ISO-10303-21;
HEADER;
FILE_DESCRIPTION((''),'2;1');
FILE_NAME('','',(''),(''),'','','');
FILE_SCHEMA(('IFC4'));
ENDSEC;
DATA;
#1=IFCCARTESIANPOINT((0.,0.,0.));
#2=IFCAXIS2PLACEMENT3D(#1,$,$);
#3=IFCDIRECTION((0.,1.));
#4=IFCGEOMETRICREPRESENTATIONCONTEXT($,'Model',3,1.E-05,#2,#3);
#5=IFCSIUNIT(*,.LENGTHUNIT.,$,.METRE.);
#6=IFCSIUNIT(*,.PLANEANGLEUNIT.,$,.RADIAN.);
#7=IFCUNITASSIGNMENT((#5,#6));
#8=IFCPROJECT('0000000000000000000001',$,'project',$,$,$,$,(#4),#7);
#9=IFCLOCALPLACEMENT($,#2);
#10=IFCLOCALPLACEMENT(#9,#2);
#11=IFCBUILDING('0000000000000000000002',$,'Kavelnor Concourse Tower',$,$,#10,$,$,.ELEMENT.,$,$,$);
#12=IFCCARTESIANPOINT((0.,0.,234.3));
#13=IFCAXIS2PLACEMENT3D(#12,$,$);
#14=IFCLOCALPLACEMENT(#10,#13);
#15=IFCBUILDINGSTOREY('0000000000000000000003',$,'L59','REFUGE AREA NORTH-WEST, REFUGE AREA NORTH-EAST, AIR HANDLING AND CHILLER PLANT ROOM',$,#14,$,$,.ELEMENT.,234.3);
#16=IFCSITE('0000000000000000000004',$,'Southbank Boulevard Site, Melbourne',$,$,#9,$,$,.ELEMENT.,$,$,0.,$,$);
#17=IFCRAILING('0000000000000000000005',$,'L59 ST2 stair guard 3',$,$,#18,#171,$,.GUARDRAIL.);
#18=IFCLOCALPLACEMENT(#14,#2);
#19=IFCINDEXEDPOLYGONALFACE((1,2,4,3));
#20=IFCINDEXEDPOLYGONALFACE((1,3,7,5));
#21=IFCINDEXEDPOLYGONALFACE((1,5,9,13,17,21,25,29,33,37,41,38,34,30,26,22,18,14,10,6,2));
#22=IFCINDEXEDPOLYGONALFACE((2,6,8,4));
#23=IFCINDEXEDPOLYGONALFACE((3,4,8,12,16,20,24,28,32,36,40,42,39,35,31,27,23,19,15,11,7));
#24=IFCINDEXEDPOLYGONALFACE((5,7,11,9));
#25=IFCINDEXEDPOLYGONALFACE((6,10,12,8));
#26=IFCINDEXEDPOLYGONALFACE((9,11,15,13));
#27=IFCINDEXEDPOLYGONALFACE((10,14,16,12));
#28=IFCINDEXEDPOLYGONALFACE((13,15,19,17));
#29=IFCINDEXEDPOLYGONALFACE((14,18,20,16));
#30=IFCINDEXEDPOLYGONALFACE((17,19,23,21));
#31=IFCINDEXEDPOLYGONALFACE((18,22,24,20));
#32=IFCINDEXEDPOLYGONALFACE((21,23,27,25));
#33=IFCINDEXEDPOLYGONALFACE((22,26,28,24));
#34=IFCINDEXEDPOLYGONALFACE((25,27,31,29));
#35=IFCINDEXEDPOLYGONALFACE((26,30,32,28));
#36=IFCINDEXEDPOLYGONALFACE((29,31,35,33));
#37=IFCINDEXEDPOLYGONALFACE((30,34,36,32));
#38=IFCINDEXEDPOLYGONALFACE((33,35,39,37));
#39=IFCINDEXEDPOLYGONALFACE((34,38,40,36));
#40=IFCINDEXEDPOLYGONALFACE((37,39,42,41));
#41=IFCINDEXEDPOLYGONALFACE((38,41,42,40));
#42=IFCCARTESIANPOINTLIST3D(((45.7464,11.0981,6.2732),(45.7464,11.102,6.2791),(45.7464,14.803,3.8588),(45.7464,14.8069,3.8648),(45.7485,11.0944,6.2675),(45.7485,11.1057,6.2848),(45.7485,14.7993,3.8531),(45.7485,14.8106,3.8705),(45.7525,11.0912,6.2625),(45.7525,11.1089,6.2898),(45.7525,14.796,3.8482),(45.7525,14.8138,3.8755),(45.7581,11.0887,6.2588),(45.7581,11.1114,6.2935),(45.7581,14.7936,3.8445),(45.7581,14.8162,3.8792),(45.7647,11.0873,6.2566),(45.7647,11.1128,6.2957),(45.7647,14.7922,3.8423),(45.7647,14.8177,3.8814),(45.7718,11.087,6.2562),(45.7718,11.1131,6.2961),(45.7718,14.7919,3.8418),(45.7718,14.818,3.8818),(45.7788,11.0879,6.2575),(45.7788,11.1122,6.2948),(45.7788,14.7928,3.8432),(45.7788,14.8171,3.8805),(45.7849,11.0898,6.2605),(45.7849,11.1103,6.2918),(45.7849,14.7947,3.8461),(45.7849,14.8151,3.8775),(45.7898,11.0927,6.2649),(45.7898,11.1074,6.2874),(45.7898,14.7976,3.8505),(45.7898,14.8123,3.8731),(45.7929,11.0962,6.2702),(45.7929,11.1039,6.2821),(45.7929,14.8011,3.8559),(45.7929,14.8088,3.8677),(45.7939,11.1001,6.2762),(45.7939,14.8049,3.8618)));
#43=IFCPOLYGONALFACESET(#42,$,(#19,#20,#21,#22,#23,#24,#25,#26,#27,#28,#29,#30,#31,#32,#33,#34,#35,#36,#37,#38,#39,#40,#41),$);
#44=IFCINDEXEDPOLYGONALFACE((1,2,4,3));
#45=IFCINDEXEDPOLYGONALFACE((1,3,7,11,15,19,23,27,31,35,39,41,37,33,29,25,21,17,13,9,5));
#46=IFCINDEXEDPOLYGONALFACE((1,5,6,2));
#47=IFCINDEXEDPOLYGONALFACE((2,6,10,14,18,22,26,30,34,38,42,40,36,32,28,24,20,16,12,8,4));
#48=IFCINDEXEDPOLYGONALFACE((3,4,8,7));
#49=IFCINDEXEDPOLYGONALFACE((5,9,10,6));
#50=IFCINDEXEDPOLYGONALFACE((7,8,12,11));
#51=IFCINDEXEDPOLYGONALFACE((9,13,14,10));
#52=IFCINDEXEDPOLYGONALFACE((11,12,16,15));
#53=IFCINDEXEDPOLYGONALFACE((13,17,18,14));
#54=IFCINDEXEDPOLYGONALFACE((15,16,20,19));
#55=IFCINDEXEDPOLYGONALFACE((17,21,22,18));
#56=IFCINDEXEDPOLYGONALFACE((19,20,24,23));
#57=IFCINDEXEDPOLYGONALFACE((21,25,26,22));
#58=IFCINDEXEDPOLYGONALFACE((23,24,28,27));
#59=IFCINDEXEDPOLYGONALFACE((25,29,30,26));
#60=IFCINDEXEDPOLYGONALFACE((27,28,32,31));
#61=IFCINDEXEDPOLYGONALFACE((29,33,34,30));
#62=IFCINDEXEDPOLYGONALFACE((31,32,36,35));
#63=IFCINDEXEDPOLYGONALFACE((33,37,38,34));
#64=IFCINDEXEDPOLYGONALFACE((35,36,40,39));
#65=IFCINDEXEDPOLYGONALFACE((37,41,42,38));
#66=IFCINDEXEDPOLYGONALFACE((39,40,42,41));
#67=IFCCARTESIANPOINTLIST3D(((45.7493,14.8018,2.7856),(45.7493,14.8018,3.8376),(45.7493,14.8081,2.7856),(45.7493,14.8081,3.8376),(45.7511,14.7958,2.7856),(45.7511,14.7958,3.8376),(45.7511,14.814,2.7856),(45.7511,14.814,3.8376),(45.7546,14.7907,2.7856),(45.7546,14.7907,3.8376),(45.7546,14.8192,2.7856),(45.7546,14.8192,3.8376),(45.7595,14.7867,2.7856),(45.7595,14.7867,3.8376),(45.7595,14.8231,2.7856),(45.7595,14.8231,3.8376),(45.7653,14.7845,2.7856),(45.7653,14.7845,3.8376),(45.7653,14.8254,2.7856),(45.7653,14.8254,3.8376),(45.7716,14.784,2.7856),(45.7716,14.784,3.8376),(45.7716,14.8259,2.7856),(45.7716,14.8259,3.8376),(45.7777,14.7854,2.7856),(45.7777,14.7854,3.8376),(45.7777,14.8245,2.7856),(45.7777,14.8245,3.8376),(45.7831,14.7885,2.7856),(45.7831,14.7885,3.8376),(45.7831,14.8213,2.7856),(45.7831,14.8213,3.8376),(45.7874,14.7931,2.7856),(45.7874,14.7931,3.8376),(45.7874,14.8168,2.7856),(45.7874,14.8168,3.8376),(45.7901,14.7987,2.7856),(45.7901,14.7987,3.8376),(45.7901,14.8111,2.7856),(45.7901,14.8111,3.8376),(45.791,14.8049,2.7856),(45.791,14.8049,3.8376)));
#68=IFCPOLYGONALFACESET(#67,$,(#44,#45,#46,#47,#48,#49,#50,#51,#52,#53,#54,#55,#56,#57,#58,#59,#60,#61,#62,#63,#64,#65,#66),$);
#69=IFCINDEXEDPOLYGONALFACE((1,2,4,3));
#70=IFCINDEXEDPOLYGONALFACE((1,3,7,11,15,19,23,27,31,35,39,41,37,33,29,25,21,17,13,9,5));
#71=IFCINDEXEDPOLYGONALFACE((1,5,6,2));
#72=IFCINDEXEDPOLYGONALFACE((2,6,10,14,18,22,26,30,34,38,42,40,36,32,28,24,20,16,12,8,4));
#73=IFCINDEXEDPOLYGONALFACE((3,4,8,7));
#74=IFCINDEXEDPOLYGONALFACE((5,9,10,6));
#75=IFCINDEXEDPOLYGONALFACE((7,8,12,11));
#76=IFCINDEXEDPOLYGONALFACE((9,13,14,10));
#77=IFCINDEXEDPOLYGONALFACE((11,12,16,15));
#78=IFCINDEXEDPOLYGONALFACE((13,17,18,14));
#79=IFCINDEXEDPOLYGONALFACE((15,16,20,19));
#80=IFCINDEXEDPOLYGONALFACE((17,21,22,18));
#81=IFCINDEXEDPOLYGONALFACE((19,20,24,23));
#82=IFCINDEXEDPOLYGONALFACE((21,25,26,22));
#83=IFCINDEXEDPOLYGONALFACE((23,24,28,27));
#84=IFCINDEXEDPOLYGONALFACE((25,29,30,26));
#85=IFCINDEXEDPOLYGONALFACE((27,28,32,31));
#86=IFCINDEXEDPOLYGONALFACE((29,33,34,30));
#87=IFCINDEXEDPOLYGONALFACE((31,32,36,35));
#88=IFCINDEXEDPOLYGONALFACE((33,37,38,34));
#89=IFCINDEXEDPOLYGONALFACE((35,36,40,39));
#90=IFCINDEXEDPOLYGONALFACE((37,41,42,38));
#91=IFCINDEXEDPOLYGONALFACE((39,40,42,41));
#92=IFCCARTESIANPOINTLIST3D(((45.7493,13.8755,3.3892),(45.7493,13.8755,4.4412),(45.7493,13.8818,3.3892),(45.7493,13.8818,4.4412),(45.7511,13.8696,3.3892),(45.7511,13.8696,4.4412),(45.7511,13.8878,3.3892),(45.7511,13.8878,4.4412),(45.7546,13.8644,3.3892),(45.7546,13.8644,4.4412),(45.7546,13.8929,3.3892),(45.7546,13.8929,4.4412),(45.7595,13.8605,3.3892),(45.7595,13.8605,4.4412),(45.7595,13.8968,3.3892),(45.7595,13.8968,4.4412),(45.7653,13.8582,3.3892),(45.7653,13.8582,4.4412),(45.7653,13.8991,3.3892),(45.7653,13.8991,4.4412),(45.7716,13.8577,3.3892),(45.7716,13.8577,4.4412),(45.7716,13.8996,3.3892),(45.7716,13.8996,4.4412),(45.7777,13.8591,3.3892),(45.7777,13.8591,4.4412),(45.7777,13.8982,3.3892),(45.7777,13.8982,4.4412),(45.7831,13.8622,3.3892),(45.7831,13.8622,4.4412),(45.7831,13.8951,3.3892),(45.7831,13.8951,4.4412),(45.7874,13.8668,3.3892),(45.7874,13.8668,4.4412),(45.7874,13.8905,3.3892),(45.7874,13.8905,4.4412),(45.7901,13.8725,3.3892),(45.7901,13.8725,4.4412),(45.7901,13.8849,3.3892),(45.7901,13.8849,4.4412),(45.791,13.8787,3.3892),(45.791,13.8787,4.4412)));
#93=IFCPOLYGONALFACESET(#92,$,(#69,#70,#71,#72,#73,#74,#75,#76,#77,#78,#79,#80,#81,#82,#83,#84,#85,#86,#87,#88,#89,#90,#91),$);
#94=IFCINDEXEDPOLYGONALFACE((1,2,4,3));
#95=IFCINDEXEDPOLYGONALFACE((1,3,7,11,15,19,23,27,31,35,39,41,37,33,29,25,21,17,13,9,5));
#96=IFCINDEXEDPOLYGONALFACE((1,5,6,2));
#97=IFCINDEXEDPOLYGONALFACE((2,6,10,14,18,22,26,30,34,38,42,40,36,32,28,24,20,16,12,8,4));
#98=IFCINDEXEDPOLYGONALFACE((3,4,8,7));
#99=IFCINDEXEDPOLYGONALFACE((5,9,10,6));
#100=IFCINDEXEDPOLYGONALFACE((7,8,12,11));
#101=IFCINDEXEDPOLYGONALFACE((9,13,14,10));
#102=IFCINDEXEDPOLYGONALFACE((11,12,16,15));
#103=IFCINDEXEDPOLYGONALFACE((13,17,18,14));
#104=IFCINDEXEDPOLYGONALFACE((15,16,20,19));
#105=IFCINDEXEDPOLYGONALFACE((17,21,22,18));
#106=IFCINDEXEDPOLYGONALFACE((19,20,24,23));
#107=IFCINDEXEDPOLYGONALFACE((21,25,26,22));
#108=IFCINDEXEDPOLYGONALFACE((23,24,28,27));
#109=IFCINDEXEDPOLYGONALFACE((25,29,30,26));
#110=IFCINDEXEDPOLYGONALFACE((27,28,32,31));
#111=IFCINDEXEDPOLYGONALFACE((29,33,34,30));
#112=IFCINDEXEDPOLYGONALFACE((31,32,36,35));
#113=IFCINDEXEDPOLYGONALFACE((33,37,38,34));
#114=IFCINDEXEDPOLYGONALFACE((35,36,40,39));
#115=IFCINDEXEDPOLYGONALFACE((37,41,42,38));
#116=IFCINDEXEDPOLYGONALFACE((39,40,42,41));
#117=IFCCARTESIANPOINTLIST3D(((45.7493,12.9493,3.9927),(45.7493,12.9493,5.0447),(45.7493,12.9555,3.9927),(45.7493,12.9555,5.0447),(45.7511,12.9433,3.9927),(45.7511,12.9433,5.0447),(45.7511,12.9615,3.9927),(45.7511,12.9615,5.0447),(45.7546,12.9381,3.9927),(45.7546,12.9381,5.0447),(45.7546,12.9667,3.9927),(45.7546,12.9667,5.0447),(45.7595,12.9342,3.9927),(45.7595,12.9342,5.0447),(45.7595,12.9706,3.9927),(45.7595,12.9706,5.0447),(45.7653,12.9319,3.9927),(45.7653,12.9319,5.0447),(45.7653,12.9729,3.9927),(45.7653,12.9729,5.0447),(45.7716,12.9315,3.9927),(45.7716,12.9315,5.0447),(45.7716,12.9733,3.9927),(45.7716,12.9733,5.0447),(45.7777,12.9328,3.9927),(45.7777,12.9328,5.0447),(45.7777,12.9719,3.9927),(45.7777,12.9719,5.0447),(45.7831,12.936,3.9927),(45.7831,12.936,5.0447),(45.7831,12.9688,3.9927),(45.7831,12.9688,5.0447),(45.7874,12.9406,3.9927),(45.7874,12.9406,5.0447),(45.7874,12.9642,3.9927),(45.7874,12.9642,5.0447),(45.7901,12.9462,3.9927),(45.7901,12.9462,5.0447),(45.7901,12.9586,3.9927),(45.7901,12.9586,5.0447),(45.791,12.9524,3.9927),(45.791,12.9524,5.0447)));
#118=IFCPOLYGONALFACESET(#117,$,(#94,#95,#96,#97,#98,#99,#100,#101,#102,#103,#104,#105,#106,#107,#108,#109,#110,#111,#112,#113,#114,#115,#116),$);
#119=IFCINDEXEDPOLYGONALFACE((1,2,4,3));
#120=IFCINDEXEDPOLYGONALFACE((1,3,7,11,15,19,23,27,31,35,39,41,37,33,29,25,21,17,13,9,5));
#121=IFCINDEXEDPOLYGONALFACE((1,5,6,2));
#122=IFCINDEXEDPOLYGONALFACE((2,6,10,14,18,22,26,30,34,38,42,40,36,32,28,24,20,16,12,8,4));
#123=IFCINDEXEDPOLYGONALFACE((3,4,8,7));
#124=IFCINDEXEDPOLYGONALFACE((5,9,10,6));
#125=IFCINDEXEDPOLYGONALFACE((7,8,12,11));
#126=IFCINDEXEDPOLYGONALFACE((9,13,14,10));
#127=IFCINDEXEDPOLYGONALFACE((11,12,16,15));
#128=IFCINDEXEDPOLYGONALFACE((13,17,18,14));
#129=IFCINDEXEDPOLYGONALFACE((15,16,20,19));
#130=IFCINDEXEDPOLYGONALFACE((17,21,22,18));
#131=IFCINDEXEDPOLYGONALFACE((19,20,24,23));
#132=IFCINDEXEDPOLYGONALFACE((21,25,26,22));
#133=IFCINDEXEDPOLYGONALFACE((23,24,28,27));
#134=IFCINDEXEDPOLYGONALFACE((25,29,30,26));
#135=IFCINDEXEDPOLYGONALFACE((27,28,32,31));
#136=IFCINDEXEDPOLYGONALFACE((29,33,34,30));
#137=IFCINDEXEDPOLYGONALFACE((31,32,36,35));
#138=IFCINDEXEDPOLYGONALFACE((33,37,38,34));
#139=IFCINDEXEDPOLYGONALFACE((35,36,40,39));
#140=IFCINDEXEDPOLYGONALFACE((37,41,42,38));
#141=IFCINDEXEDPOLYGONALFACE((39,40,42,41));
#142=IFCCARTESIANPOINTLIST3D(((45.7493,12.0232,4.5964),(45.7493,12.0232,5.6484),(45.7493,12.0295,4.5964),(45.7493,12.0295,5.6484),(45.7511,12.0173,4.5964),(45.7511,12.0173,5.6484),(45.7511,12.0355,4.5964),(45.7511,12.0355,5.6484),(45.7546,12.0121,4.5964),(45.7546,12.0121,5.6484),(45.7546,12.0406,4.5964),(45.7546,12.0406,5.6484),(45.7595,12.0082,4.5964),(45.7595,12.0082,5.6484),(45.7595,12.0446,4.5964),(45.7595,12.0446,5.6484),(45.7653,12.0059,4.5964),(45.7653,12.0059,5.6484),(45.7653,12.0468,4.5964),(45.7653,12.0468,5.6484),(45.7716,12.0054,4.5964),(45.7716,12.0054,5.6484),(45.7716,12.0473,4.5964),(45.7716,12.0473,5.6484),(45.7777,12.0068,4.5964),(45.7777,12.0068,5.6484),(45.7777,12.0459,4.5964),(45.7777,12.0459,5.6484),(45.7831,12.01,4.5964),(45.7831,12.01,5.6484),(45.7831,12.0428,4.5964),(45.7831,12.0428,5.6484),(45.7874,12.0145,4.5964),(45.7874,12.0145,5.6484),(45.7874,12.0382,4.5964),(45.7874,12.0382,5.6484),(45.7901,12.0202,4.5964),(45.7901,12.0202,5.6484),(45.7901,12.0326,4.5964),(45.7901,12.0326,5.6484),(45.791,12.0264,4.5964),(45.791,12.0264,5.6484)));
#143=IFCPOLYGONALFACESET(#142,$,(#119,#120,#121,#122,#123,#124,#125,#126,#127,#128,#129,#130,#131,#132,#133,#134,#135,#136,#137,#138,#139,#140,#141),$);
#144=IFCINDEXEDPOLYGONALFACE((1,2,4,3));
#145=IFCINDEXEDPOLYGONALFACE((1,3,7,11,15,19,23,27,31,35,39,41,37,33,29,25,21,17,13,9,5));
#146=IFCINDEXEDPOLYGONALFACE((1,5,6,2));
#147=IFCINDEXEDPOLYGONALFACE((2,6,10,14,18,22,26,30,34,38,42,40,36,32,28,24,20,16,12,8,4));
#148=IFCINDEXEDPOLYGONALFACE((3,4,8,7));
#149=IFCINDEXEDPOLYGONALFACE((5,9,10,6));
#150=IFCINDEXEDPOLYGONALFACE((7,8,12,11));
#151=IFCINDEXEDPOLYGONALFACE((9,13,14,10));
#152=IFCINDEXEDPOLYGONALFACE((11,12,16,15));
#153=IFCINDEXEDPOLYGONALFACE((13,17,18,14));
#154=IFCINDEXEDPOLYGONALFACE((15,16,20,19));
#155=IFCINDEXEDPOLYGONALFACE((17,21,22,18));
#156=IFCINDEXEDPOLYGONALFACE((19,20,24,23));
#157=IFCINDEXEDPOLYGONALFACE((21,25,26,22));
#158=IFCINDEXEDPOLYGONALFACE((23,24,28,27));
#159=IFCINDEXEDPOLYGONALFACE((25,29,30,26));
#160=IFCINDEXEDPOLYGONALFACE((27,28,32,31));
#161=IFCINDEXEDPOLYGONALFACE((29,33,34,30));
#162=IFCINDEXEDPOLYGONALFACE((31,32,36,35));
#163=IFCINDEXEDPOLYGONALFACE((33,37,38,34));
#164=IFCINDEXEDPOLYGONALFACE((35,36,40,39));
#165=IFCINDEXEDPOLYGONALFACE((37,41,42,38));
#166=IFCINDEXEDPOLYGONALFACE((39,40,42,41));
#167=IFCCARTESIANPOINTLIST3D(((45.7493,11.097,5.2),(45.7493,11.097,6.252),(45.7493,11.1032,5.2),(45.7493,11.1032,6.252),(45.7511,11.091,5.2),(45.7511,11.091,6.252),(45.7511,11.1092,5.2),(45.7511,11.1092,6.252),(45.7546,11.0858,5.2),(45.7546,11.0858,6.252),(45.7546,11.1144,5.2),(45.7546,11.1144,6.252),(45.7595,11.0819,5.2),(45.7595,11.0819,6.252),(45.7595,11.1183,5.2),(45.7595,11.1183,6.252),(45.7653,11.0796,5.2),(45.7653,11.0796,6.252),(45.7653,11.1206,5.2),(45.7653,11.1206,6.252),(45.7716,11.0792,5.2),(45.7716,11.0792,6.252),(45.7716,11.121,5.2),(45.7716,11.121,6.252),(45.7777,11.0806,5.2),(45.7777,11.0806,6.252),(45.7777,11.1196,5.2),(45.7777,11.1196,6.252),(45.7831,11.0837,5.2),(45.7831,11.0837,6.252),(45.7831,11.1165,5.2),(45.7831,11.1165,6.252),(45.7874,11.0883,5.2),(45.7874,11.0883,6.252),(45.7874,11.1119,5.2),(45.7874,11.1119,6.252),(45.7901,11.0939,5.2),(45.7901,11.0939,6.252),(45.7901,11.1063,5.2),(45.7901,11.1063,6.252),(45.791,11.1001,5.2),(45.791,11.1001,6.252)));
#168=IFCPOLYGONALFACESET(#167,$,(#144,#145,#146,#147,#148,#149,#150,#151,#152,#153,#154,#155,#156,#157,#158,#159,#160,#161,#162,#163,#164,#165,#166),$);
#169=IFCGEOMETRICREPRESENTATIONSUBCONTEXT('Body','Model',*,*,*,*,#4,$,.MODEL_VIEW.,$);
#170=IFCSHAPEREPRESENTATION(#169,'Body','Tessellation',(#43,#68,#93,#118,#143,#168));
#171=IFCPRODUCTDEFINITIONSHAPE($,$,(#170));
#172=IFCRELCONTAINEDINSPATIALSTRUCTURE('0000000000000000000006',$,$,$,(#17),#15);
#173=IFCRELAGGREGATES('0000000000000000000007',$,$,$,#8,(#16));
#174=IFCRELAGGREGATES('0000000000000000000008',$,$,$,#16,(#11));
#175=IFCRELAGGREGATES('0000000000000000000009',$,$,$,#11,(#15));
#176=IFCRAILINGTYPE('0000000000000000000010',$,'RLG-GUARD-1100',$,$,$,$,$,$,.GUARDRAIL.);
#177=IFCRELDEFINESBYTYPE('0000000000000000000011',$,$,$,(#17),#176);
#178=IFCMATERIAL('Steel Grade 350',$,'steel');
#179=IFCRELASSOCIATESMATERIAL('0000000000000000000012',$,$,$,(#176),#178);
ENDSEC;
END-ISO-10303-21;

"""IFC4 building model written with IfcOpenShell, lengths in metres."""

from ifc_helpers import new_model, si_unit, direction, frame, origin, origin_2d, place, context, subcontext, project, spatial, circle, extrude, material, type_object, element, save


model = new_model("IFC4")

# Units and contexts
model_context = context("Model", 3, precision=1e-05, world=origin(), true_north=direction((0.0, 1.0)))
body_context = subcontext(model_context, "Body", "Model", "MODEL_VIEW")
ifc_project = project(units=[si_unit("LENGTHUNIT", "METRE"), si_unit("PLANEANGLEUNIT", "RADIAN")], contexts=[model_context])

# Site, building, storey
site_placement = place(None, origin())
site = spatial("IfcSite", under=ifc_project, at=site_placement, Name="Southbank Boulevard Site, Melbourne", CompositionType="ELEMENT", RefElevation=0.0)
building_placement = place(site_placement, origin())
building = spatial("IfcBuilding", under=site, at=building_placement, Name="Kavelnor Concourse Tower", CompositionType="ELEMENT")
storey_placement = place(building_placement, frame((0.0, 0.0, 234.3)))
storey = spatial("IfcBuildingStorey", under=building, at=storey_placement, Name="L59", Description="REFUGE AREA NORTH-WEST, REFUGE AREA NORTH-EAST, AIR HANDLING AND CHILLER PLANT ROOM", CompositionType="ELEMENT", Elevation=234.3)

# Shared definitions
ifc_material_1 = material(Name="Steel Grade 350", Category="steel")

# Railing
railing_type_1 = type_object("IfcRailingType", Name="RLG-GUARD-1100", PredefinedType="GUARDRAIL", material=ifc_material_1)
railing_1_placement = place(storey_placement, frame((45.77, 14.8049, 2.7856)))
element("IfcRailing", 1, at=railing_1_placement, inside=storey, type_object=railing_type_1, Name="L59 ST2 stair guard 3", PredefinedType="GUARDRAIL", context=body_context, shape_type="SweptSolid", body=[
    extrude(circle(Radius=0.0239, at=origin_2d()), frame((0.0, 0.0, 1.0762), z_axis=(0.0, -0.837806, 0.545968), x_axis=(1.0, 0.0, 0.0)), (0.0, 0.0, 1.0), 4.4221),
    extrude(circle(Radius=0.021, at=origin_2d()), origin(), (0.0, 0.0, 1.0), 1.052),
    extrude(circle(Radius=0.021, at=origin_2d()), frame((0.0, -0.9263, 0.6035)), (0.0, 0.0, 1.0), 1.052),
    extrude(circle(Radius=0.021, at=origin_2d()), frame((0.0, -1.8525, 1.207)), (0.0, 0.0, 1.0), 1.052),
    extrude(circle(Radius=0.021, at=origin_2d()), frame((0.0, -2.7786, 1.8108)), (0.0, 0.0, 1.0), 1.052),
    extrude(circle(Radius=0.021, at=origin_2d()), frame((0.0, -3.7048, 2.4143)), (0.0, 0.0, 1.0), 1.052),
])

save(model, "model.ifc")
